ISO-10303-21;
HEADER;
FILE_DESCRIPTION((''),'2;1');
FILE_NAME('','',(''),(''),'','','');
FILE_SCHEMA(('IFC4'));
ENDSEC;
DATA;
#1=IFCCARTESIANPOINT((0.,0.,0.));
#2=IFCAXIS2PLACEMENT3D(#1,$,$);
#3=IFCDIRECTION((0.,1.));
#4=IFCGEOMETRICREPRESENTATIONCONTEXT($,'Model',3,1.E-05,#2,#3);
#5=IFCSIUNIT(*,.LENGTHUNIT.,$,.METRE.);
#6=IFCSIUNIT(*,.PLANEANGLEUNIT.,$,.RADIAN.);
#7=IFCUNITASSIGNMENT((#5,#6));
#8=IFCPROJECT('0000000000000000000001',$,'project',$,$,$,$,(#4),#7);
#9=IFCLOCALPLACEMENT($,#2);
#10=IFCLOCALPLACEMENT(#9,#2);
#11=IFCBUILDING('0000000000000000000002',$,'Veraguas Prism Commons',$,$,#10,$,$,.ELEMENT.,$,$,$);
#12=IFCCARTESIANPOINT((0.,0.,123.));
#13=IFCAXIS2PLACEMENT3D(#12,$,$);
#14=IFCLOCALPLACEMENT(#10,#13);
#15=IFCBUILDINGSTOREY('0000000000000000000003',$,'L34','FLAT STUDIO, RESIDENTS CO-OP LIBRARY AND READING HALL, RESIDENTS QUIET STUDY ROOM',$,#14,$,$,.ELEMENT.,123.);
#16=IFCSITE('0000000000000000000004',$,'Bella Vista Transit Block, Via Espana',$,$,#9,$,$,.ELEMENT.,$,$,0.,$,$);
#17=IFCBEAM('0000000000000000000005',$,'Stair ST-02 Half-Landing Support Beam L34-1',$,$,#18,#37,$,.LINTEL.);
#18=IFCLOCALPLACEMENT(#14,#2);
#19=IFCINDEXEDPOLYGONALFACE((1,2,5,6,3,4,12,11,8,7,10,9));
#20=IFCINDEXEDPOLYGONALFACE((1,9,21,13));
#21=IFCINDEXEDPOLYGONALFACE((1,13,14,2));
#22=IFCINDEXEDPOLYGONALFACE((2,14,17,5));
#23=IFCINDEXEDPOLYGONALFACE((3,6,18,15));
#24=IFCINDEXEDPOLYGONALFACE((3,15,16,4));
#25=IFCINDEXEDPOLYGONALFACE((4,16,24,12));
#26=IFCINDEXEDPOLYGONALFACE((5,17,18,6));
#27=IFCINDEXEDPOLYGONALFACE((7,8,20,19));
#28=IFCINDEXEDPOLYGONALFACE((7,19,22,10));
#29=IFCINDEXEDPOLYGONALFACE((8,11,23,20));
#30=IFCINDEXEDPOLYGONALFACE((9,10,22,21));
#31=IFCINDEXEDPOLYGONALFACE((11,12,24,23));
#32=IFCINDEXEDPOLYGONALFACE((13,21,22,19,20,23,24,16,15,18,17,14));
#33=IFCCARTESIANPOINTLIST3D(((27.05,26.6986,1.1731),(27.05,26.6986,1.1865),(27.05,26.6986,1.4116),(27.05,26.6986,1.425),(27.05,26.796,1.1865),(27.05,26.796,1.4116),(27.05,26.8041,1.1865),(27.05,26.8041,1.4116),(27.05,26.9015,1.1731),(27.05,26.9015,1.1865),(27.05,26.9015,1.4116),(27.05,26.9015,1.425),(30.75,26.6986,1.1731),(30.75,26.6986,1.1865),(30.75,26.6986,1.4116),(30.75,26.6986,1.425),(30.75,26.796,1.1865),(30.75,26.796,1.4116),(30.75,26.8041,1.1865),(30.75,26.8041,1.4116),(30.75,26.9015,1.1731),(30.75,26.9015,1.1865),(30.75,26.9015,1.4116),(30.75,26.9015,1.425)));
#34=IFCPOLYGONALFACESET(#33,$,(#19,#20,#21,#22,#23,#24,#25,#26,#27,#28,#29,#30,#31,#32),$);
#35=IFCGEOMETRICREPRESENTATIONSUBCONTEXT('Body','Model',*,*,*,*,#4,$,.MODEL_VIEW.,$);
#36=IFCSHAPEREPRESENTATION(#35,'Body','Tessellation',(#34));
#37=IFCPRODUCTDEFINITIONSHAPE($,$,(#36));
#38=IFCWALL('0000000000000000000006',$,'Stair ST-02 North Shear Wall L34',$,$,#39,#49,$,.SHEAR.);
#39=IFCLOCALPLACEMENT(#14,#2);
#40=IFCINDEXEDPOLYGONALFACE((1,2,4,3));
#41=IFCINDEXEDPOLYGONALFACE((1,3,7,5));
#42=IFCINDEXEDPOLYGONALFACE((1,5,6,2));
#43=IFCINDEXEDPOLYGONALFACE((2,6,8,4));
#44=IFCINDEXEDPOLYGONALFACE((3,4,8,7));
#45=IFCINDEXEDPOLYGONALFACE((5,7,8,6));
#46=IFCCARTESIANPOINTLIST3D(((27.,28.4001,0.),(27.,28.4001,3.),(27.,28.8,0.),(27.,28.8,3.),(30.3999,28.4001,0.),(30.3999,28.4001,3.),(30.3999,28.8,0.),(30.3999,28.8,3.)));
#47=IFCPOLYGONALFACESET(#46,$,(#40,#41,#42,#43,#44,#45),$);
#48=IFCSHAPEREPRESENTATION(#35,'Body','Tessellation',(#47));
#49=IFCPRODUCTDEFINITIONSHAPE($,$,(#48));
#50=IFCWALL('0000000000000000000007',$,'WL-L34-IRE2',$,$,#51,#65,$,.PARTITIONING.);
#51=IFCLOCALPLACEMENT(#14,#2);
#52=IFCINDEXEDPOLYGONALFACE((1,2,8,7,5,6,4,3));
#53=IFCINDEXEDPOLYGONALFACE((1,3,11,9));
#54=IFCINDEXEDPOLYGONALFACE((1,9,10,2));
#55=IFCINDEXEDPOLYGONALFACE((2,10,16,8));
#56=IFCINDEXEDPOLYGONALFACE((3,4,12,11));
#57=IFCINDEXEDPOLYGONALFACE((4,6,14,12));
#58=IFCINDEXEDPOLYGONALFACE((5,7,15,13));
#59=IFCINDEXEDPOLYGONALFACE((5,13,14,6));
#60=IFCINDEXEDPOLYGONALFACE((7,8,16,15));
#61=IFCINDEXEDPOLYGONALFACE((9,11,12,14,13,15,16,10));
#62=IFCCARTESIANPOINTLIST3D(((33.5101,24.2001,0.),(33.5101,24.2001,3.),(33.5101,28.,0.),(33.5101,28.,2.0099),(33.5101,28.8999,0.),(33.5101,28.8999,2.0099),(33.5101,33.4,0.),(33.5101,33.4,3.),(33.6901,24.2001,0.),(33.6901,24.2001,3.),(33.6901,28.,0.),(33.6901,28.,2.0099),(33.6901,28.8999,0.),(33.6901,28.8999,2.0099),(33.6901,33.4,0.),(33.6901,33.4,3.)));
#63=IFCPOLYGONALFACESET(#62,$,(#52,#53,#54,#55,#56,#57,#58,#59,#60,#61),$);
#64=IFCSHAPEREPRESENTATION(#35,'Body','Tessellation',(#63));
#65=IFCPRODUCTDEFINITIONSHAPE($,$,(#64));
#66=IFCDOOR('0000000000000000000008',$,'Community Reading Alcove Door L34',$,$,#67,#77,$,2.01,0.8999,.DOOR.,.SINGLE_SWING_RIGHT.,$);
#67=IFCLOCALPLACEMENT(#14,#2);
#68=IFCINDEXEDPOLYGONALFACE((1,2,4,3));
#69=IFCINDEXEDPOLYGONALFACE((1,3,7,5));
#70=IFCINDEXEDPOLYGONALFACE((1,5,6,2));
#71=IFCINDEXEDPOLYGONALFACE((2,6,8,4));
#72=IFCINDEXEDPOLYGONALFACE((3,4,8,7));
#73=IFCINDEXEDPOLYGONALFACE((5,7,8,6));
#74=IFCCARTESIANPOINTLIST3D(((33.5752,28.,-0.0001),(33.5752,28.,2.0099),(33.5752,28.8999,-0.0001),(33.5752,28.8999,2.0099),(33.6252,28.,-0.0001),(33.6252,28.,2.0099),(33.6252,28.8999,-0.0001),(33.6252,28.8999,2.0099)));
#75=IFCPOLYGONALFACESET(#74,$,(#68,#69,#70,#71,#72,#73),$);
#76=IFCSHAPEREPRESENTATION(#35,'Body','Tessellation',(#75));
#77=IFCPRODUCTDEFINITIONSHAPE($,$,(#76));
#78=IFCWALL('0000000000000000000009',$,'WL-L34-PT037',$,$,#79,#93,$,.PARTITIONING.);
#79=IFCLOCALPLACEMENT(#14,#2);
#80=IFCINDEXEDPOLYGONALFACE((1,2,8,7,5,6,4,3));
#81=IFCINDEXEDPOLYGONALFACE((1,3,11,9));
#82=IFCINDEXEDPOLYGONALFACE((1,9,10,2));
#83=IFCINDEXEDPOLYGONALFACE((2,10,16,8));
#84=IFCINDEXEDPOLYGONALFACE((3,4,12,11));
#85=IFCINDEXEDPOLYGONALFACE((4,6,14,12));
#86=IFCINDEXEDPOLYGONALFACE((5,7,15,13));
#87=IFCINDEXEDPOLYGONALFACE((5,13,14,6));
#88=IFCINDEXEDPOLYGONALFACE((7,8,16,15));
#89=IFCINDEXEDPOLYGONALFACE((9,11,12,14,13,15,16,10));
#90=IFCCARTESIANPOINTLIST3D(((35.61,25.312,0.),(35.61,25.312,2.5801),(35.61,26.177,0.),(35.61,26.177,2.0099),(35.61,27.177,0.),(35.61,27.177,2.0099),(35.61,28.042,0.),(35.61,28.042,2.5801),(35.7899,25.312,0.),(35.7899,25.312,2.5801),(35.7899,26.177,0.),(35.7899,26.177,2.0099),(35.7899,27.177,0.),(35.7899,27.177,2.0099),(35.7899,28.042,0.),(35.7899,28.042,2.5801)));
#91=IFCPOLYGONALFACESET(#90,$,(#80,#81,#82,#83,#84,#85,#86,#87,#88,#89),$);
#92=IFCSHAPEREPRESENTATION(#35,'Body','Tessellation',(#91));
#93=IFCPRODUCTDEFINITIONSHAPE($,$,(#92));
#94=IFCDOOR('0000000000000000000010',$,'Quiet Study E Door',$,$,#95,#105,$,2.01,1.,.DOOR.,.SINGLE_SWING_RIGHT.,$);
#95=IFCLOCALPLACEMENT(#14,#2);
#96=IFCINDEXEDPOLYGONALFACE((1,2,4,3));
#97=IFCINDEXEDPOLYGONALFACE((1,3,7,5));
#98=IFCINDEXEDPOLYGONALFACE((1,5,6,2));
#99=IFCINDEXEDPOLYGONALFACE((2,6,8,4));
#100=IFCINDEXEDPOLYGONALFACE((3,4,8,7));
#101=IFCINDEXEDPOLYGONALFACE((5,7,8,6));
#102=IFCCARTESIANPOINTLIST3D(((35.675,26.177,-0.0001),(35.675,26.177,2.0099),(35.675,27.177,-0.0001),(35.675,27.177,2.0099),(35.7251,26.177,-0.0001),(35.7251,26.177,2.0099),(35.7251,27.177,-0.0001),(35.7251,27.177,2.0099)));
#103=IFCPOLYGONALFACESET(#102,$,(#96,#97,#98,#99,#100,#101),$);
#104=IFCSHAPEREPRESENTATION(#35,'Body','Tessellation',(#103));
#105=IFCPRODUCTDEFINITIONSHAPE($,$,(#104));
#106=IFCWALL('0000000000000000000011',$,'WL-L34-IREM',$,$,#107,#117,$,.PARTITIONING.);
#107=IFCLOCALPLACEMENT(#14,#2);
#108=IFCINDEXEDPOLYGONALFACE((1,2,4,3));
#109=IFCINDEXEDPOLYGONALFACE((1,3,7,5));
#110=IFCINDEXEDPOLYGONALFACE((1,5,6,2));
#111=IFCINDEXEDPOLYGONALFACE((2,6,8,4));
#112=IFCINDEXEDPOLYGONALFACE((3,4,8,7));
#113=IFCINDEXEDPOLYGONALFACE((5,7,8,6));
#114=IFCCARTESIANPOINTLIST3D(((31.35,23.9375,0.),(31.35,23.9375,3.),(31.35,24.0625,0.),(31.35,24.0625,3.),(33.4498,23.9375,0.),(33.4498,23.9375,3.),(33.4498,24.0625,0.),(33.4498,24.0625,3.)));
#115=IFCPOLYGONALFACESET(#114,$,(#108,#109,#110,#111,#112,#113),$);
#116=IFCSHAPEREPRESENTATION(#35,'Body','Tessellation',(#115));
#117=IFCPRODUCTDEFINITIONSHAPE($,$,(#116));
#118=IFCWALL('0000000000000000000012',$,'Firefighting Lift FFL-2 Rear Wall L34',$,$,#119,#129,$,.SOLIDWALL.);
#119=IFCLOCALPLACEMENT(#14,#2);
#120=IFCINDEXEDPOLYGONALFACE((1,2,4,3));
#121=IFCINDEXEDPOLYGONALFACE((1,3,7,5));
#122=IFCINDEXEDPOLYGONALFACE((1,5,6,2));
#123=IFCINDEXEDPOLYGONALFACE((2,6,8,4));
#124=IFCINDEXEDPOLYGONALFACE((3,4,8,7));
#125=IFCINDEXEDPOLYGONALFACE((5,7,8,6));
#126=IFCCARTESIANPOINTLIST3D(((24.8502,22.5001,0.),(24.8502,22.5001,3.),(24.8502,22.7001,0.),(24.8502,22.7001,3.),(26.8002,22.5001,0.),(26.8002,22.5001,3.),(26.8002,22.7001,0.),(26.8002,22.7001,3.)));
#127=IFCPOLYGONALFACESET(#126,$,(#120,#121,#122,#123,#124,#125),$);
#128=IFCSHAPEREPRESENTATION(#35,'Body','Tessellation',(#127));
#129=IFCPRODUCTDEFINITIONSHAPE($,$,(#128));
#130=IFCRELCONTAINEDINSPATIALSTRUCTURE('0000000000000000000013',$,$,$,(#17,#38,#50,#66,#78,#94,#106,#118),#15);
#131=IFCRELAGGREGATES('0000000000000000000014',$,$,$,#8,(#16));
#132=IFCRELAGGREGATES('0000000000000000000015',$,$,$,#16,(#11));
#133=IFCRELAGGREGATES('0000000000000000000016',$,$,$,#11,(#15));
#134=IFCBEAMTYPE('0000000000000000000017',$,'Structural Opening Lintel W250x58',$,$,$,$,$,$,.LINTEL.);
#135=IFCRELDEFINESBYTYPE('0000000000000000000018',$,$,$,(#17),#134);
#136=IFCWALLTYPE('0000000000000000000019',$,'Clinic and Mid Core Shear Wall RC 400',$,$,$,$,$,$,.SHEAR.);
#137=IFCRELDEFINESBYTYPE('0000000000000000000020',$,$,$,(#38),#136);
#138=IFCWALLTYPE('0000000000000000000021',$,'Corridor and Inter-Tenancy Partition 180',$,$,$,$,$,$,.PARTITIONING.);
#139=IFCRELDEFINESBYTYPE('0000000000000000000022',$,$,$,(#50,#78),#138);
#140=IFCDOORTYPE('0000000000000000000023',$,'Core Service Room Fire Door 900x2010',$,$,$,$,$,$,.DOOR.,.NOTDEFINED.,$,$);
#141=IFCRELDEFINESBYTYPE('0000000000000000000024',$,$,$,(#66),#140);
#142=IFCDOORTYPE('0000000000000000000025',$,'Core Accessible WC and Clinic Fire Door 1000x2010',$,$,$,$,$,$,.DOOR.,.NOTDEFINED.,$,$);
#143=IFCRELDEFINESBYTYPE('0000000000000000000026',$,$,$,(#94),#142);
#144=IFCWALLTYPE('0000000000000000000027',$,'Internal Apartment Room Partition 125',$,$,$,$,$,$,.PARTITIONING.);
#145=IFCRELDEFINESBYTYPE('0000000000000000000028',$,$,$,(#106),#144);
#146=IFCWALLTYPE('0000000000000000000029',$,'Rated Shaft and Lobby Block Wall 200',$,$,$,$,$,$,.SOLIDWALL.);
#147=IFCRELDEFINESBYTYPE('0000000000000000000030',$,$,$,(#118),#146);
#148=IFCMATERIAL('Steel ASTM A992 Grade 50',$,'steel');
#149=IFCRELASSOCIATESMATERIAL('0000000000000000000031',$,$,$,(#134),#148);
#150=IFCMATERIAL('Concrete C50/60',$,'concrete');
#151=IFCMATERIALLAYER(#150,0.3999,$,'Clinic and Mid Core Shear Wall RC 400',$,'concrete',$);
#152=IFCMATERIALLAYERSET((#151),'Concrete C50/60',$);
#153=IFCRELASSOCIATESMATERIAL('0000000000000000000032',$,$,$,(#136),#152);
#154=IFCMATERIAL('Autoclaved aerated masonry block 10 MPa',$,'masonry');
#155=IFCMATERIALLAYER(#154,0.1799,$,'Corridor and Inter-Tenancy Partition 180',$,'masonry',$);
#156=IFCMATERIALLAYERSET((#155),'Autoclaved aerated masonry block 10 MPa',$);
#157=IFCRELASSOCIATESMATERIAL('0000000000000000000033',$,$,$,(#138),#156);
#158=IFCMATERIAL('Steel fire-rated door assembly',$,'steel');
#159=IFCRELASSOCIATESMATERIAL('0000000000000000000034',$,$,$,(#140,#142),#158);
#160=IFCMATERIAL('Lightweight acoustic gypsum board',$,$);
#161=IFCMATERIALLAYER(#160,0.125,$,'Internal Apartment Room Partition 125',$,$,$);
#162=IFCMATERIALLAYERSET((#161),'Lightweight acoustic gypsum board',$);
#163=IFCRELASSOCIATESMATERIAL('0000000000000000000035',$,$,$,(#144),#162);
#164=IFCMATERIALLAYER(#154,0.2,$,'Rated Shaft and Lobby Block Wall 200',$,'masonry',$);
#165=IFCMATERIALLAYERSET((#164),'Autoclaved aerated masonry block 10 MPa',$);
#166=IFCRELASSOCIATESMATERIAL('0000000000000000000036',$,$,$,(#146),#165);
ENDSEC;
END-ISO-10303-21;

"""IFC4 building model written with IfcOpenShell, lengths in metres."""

from ifc_helpers import new_model, si_unit, direction, frame, frame_2d, origin, origin_2d, place, context, subcontext, project, spatial, rectangle, i_section, extrude, source, transform, mapped, material, layer, layer_set, material_profile, profile_set, type_object, element, fill, save


model = new_model("IFC4")

# Units and contexts
model_context = context("Model", 3, precision=1e-05, world=origin(), true_north=direction((0.0, 1.0)))
body_context = subcontext(model_context, "Body", "Model", "MODEL_VIEW")
ifc_project = project(units=[si_unit("LENGTHUNIT", "METRE"), si_unit("PLANEANGLEUNIT", "RADIAN")], contexts=[model_context])

# Site, building, storey
site_placement = place(None, origin())
site = spatial("IfcSite", under=ifc_project, at=site_placement, Name="Bella Vista Transit Block, Via Espana", CompositionType="ELEMENT", RefElevation=0.0)
building_placement = place(site_placement, origin())
building = spatial("IfcBuilding", under=site, at=building_placement, Name="Veraguas Prism Commons", CompositionType="ELEMENT")
storey_placement = place(building_placement, frame((0.0, 0.0, 123.0)))
storey = spatial("IfcBuildingStorey", under=building, at=storey_placement, Name="L34", Description="FLAT STUDIO, RESIDENTS CO-OP LIBRARY AND READING HALL, RESIDENTS QUIET STUDY ROOM", CompositionType="ELEMENT", Elevation=123.0)

# Beam
ifc_material_1 = material(Name="Steel ASTM A992 Grade 50", Category="steel")
ifc_material_profile = material_profile(ifc_material_1, i_section(OverallWidth=0.2029, OverallDepth=0.252, WebThickness=0.0081, FlangeThickness=0.0134, at=origin_2d()), Name="W250X58")
ifc_profile_set = profile_set([ifc_material_profile], Name="Steel ASTM A992 Grade 50")
beam_type = type_object("IfcBeamType", Name="Structural Opening Lintel W250x58", PredefinedType="LINTEL", material=ifc_profile_set)
beam_placement = place(storey_placement, frame((27.05, 26.8, 1.2991), z_axis=(1.0, 0.0, 0.0), x_axis=(0.0, 1.0, 0.0)))
element("IfcBeam", 1, at=beam_placement, inside=storey, type_object=beam_type, Name="Stair ST-02 Half-Landing Support Beam L34-1", PredefinedType="LINTEL", context=body_context, shape_type="SweptSolid", body=[
    extrude(i_section(OverallWidth=0.2029, OverallDepth=0.252, WebThickness=0.0081, FlangeThickness=0.0134, at=origin_2d()), origin(), (0.0, 0.0, 1.0), 3.7),
])

# Wall
ifc_material_2 = material(Name="Concrete C50/60", Category="concrete")
ifc_layer_1 = layer(ifc_material_2, 0.3999, Name="Clinic and Mid Core Shear Wall RC 400", Category="concrete")
ifc_layer_set_1 = layer_set([ifc_layer_1], Name="Concrete C50/60")
wall_type_1 = type_object("IfcWallType", Name="Clinic and Mid Core Shear Wall RC 400", PredefinedType="SHEAR", material=ifc_layer_set_1)
wall_1_placement = place(storey_placement, frame((27.0, 28.6001, 0.0), z_axis=(0.0, 0.0, 1.0), x_axis=(1.0, 0.0, 0.0)))
element("IfcWall", 2, at=wall_1_placement, inside=storey, type_object=wall_type_1, Name="Stair ST-02 North Shear Wall L34", PredefinedType="SHEAR", context=body_context, shape_type="SweptSolid", body=[
    extrude(rectangle(XDim=3.3999, YDim=0.3999, at=frame_2d((1.7, 0.0))), origin(), (0.0, 0.0, 1.0), 3.0),
])

# Walls, openings, doors
ifc_material_3 = material(Name="Autoclaved aerated masonry block 10 MPa", Category="masonry")
ifc_layer_2 = layer(ifc_material_3, 0.1799, Name="Corridor and Inter-Tenancy Partition 180", Category="masonry")
ifc_layer_set_2 = layer_set([ifc_layer_2], Name="Autoclaved aerated masonry block 10 MPa")
wall_type_2 = type_object("IfcWallType", Name="Corridor and Inter-Tenancy Partition 180", PredefinedType="PARTITIONING", material=ifc_layer_set_2)
wall_2_placement = place(storey_placement, frame((33.6001, 24.2, 0.0), z_axis=(0.0, 0.0, 1.0), x_axis=(0.0, 1.0, 0.0)))
wall_2 = element("IfcWall", 3, at=wall_2_placement, inside=storey, type_object=wall_type_2, Name="WL-L34-IRE2", PredefinedType="PARTITIONING", context=body_context, shape_type="SweptSolid", body=[
    extrude(rectangle(XDim=9.2, YDim=0.1799, at=frame_2d((4.6001, 0.0))), origin(), (0.0, 0.0, 1.0), 3.0),
])
opening_1_placement = place(wall_2_placement, frame((3.8, 0.0, 0.0)))
opening_1 = element("IfcOpeningElement", 4, at=opening_1_placement, cuts=wall_2, PredefinedType="OPENING", context=body_context, shape_type="SweptSolid", body=[
    extrude(rectangle(XDim=0.8999, YDim=2.01, at=frame_2d((0.45, 1.0049))), frame((0.0, 0.0999, 0.0), z_axis=(0.0, -1.0, 0.0), x_axis=(1.0, 0.0, 0.0)), (0.0, 0.0, 1.0), 0.2),
])
ifc_material_4 = material(Name="Steel fire-rated door assembly", Category="steel")
door_type_1 = type_object("IfcDoorType", Name="Core Service Room Fire Door 900x2010", OperationType="NOTDEFINED", PredefinedType="DOOR", material=ifc_material_4)
shared_shape_1 = source(origin(), body_context, "Body", "SweptSolid", [
    extrude(rectangle(XDim=0.8999, YDim=2.01, at=frame_2d((0.45, 1.0049))), frame((0.0, 0.0249, 0.0), z_axis=(0.0, -1.0, 0.0), x_axis=(1.0, 0.0, 0.0)), (0.0, 0.0, 1.0), 0.05),
])
door_1_placement = place(opening_1_placement, origin())
door_1 = element("IfcDoor", 5, at=door_1_placement, inside=storey, type_object=door_type_1, Name="Community Reading Alcove Door L34", OperationType="SINGLE_SWING_RIGHT", OverallHeight=2.01, OverallWidth=0.8999, PredefinedType="DOOR", context=body_context, shape_type="MappedRepresentation", body=[
    mapped(shared_shape_1, transform((0.0, 0.0, 0.0), scale=1.0)),
])
fill(opening_1, door_1)
wall_3_placement = place(storey_placement, frame((35.7, 25.312, 0.0), z_axis=(0.0, 0.0, 1.0), x_axis=(0.0, 1.0, 0.0)))
wall_3 = element("IfcWall", 6, at=wall_3_placement, inside=storey, type_object=wall_type_2, Name="WL-L34-PT037", PredefinedType="PARTITIONING", context=body_context, shape_type="SweptSolid", body=[
    extrude(rectangle(XDim=2.73, YDim=0.1799, at=frame_2d((1.365, 0.0))), origin(), (0.0, 0.0, 1.0), 2.5801),
])
opening_2_placement = place(wall_3_placement, frame((0.865, 0.0, 0.0)))
opening_2 = element("IfcOpeningElement", 7, at=opening_2_placement, cuts=wall_3, PredefinedType="OPENING", context=body_context, shape_type="SweptSolid", body=[
    extrude(rectangle(XDim=1.0, YDim=2.01, at=frame_2d((0.5, 1.0049))), frame((0.0, 0.0999, 0.0), z_axis=(0.0, -1.0, 0.0), x_axis=(1.0, 0.0, 0.0)), (0.0, 0.0, 1.0), 0.2),
])
door_type_2 = type_object("IfcDoorType", Name="Core Accessible WC and Clinic Fire Door 1000x2010", OperationType="NOTDEFINED", PredefinedType="DOOR", material=ifc_material_4)
shared_shape_2 = source(origin(), body_context, "Body", "SweptSolid", [
    extrude(rectangle(XDim=1.0, YDim=2.01, at=frame_2d((0.5, 1.0049))), frame((0.0, 0.0249, 0.0), z_axis=(0.0, -1.0, 0.0), x_axis=(1.0, 0.0, 0.0)), (0.0, 0.0, 1.0), 0.05),
])
door_2_placement = place(opening_2_placement, origin())
door_2 = element("IfcDoor", 8, at=door_2_placement, inside=storey, type_object=door_type_2, Name="Quiet Study E Door", OperationType="SINGLE_SWING_RIGHT", OverallHeight=2.01, OverallWidth=1.0, PredefinedType="DOOR", context=body_context, shape_type="MappedRepresentation", body=[
    mapped(shared_shape_2, transform((0.0, 0.0, 0.0), scale=1.0)),
])
fill(opening_2, door_2)

# Walls
ifc_material_5 = material(Name="Lightweight acoustic gypsum board")
ifc_layer_3 = layer(ifc_material_5, 0.125, Name="Internal Apartment Room Partition 125")
ifc_layer_set_3 = layer_set([ifc_layer_3], Name="Lightweight acoustic gypsum board")
wall_type_3 = type_object("IfcWallType", Name="Internal Apartment Room Partition 125", PredefinedType="PARTITIONING", material=ifc_layer_set_3)
wall_4_placement = place(storey_placement, frame((31.3501, 24.0, 0.0), z_axis=(0.0, 0.0, 1.0), x_axis=(1.0, 0.0, 0.0)))
element("IfcWall", 9, at=wall_4_placement, inside=storey, type_object=wall_type_3, Name="WL-L34-IREM", PredefinedType="PARTITIONING", context=body_context, shape_type="SweptSolid", body=[
    extrude(rectangle(XDim=2.0999, YDim=0.125, at=frame_2d((1.0498, 0.0))), origin(), (0.0, 0.0, 1.0), 3.0),
])
ifc_layer_4 = layer(ifc_material_3, 0.2, Name="Rated Shaft and Lobby Block Wall 200", Category="masonry")
ifc_layer_set_4 = layer_set([ifc_layer_4], Name="Autoclaved aerated masonry block 10 MPa")
wall_type_4 = type_object("IfcWallType", Name="Rated Shaft and Lobby Block Wall 200", PredefinedType="SOLIDWALL", material=ifc_layer_set_4)
wall_5_placement = place(storey_placement, frame((24.8501, 22.6001, 0.0), z_axis=(0.0, 0.0, 1.0), x_axis=(1.0, 0.0, 0.0)))
element("IfcWall", 10, at=wall_5_placement, inside=storey, type_object=wall_type_4, Name="Firefighting Lift FFL-2 Rear Wall L34", PredefinedType="SOLIDWALL", context=body_context, shape_type="SweptSolid", body=[
    extrude(rectangle(XDim=1.95, YDim=0.2, at=frame_2d((0.9751, 0.0))), origin(), (0.0, 0.0, 1.0), 3.0),
])

save(model, "model.ifc")
